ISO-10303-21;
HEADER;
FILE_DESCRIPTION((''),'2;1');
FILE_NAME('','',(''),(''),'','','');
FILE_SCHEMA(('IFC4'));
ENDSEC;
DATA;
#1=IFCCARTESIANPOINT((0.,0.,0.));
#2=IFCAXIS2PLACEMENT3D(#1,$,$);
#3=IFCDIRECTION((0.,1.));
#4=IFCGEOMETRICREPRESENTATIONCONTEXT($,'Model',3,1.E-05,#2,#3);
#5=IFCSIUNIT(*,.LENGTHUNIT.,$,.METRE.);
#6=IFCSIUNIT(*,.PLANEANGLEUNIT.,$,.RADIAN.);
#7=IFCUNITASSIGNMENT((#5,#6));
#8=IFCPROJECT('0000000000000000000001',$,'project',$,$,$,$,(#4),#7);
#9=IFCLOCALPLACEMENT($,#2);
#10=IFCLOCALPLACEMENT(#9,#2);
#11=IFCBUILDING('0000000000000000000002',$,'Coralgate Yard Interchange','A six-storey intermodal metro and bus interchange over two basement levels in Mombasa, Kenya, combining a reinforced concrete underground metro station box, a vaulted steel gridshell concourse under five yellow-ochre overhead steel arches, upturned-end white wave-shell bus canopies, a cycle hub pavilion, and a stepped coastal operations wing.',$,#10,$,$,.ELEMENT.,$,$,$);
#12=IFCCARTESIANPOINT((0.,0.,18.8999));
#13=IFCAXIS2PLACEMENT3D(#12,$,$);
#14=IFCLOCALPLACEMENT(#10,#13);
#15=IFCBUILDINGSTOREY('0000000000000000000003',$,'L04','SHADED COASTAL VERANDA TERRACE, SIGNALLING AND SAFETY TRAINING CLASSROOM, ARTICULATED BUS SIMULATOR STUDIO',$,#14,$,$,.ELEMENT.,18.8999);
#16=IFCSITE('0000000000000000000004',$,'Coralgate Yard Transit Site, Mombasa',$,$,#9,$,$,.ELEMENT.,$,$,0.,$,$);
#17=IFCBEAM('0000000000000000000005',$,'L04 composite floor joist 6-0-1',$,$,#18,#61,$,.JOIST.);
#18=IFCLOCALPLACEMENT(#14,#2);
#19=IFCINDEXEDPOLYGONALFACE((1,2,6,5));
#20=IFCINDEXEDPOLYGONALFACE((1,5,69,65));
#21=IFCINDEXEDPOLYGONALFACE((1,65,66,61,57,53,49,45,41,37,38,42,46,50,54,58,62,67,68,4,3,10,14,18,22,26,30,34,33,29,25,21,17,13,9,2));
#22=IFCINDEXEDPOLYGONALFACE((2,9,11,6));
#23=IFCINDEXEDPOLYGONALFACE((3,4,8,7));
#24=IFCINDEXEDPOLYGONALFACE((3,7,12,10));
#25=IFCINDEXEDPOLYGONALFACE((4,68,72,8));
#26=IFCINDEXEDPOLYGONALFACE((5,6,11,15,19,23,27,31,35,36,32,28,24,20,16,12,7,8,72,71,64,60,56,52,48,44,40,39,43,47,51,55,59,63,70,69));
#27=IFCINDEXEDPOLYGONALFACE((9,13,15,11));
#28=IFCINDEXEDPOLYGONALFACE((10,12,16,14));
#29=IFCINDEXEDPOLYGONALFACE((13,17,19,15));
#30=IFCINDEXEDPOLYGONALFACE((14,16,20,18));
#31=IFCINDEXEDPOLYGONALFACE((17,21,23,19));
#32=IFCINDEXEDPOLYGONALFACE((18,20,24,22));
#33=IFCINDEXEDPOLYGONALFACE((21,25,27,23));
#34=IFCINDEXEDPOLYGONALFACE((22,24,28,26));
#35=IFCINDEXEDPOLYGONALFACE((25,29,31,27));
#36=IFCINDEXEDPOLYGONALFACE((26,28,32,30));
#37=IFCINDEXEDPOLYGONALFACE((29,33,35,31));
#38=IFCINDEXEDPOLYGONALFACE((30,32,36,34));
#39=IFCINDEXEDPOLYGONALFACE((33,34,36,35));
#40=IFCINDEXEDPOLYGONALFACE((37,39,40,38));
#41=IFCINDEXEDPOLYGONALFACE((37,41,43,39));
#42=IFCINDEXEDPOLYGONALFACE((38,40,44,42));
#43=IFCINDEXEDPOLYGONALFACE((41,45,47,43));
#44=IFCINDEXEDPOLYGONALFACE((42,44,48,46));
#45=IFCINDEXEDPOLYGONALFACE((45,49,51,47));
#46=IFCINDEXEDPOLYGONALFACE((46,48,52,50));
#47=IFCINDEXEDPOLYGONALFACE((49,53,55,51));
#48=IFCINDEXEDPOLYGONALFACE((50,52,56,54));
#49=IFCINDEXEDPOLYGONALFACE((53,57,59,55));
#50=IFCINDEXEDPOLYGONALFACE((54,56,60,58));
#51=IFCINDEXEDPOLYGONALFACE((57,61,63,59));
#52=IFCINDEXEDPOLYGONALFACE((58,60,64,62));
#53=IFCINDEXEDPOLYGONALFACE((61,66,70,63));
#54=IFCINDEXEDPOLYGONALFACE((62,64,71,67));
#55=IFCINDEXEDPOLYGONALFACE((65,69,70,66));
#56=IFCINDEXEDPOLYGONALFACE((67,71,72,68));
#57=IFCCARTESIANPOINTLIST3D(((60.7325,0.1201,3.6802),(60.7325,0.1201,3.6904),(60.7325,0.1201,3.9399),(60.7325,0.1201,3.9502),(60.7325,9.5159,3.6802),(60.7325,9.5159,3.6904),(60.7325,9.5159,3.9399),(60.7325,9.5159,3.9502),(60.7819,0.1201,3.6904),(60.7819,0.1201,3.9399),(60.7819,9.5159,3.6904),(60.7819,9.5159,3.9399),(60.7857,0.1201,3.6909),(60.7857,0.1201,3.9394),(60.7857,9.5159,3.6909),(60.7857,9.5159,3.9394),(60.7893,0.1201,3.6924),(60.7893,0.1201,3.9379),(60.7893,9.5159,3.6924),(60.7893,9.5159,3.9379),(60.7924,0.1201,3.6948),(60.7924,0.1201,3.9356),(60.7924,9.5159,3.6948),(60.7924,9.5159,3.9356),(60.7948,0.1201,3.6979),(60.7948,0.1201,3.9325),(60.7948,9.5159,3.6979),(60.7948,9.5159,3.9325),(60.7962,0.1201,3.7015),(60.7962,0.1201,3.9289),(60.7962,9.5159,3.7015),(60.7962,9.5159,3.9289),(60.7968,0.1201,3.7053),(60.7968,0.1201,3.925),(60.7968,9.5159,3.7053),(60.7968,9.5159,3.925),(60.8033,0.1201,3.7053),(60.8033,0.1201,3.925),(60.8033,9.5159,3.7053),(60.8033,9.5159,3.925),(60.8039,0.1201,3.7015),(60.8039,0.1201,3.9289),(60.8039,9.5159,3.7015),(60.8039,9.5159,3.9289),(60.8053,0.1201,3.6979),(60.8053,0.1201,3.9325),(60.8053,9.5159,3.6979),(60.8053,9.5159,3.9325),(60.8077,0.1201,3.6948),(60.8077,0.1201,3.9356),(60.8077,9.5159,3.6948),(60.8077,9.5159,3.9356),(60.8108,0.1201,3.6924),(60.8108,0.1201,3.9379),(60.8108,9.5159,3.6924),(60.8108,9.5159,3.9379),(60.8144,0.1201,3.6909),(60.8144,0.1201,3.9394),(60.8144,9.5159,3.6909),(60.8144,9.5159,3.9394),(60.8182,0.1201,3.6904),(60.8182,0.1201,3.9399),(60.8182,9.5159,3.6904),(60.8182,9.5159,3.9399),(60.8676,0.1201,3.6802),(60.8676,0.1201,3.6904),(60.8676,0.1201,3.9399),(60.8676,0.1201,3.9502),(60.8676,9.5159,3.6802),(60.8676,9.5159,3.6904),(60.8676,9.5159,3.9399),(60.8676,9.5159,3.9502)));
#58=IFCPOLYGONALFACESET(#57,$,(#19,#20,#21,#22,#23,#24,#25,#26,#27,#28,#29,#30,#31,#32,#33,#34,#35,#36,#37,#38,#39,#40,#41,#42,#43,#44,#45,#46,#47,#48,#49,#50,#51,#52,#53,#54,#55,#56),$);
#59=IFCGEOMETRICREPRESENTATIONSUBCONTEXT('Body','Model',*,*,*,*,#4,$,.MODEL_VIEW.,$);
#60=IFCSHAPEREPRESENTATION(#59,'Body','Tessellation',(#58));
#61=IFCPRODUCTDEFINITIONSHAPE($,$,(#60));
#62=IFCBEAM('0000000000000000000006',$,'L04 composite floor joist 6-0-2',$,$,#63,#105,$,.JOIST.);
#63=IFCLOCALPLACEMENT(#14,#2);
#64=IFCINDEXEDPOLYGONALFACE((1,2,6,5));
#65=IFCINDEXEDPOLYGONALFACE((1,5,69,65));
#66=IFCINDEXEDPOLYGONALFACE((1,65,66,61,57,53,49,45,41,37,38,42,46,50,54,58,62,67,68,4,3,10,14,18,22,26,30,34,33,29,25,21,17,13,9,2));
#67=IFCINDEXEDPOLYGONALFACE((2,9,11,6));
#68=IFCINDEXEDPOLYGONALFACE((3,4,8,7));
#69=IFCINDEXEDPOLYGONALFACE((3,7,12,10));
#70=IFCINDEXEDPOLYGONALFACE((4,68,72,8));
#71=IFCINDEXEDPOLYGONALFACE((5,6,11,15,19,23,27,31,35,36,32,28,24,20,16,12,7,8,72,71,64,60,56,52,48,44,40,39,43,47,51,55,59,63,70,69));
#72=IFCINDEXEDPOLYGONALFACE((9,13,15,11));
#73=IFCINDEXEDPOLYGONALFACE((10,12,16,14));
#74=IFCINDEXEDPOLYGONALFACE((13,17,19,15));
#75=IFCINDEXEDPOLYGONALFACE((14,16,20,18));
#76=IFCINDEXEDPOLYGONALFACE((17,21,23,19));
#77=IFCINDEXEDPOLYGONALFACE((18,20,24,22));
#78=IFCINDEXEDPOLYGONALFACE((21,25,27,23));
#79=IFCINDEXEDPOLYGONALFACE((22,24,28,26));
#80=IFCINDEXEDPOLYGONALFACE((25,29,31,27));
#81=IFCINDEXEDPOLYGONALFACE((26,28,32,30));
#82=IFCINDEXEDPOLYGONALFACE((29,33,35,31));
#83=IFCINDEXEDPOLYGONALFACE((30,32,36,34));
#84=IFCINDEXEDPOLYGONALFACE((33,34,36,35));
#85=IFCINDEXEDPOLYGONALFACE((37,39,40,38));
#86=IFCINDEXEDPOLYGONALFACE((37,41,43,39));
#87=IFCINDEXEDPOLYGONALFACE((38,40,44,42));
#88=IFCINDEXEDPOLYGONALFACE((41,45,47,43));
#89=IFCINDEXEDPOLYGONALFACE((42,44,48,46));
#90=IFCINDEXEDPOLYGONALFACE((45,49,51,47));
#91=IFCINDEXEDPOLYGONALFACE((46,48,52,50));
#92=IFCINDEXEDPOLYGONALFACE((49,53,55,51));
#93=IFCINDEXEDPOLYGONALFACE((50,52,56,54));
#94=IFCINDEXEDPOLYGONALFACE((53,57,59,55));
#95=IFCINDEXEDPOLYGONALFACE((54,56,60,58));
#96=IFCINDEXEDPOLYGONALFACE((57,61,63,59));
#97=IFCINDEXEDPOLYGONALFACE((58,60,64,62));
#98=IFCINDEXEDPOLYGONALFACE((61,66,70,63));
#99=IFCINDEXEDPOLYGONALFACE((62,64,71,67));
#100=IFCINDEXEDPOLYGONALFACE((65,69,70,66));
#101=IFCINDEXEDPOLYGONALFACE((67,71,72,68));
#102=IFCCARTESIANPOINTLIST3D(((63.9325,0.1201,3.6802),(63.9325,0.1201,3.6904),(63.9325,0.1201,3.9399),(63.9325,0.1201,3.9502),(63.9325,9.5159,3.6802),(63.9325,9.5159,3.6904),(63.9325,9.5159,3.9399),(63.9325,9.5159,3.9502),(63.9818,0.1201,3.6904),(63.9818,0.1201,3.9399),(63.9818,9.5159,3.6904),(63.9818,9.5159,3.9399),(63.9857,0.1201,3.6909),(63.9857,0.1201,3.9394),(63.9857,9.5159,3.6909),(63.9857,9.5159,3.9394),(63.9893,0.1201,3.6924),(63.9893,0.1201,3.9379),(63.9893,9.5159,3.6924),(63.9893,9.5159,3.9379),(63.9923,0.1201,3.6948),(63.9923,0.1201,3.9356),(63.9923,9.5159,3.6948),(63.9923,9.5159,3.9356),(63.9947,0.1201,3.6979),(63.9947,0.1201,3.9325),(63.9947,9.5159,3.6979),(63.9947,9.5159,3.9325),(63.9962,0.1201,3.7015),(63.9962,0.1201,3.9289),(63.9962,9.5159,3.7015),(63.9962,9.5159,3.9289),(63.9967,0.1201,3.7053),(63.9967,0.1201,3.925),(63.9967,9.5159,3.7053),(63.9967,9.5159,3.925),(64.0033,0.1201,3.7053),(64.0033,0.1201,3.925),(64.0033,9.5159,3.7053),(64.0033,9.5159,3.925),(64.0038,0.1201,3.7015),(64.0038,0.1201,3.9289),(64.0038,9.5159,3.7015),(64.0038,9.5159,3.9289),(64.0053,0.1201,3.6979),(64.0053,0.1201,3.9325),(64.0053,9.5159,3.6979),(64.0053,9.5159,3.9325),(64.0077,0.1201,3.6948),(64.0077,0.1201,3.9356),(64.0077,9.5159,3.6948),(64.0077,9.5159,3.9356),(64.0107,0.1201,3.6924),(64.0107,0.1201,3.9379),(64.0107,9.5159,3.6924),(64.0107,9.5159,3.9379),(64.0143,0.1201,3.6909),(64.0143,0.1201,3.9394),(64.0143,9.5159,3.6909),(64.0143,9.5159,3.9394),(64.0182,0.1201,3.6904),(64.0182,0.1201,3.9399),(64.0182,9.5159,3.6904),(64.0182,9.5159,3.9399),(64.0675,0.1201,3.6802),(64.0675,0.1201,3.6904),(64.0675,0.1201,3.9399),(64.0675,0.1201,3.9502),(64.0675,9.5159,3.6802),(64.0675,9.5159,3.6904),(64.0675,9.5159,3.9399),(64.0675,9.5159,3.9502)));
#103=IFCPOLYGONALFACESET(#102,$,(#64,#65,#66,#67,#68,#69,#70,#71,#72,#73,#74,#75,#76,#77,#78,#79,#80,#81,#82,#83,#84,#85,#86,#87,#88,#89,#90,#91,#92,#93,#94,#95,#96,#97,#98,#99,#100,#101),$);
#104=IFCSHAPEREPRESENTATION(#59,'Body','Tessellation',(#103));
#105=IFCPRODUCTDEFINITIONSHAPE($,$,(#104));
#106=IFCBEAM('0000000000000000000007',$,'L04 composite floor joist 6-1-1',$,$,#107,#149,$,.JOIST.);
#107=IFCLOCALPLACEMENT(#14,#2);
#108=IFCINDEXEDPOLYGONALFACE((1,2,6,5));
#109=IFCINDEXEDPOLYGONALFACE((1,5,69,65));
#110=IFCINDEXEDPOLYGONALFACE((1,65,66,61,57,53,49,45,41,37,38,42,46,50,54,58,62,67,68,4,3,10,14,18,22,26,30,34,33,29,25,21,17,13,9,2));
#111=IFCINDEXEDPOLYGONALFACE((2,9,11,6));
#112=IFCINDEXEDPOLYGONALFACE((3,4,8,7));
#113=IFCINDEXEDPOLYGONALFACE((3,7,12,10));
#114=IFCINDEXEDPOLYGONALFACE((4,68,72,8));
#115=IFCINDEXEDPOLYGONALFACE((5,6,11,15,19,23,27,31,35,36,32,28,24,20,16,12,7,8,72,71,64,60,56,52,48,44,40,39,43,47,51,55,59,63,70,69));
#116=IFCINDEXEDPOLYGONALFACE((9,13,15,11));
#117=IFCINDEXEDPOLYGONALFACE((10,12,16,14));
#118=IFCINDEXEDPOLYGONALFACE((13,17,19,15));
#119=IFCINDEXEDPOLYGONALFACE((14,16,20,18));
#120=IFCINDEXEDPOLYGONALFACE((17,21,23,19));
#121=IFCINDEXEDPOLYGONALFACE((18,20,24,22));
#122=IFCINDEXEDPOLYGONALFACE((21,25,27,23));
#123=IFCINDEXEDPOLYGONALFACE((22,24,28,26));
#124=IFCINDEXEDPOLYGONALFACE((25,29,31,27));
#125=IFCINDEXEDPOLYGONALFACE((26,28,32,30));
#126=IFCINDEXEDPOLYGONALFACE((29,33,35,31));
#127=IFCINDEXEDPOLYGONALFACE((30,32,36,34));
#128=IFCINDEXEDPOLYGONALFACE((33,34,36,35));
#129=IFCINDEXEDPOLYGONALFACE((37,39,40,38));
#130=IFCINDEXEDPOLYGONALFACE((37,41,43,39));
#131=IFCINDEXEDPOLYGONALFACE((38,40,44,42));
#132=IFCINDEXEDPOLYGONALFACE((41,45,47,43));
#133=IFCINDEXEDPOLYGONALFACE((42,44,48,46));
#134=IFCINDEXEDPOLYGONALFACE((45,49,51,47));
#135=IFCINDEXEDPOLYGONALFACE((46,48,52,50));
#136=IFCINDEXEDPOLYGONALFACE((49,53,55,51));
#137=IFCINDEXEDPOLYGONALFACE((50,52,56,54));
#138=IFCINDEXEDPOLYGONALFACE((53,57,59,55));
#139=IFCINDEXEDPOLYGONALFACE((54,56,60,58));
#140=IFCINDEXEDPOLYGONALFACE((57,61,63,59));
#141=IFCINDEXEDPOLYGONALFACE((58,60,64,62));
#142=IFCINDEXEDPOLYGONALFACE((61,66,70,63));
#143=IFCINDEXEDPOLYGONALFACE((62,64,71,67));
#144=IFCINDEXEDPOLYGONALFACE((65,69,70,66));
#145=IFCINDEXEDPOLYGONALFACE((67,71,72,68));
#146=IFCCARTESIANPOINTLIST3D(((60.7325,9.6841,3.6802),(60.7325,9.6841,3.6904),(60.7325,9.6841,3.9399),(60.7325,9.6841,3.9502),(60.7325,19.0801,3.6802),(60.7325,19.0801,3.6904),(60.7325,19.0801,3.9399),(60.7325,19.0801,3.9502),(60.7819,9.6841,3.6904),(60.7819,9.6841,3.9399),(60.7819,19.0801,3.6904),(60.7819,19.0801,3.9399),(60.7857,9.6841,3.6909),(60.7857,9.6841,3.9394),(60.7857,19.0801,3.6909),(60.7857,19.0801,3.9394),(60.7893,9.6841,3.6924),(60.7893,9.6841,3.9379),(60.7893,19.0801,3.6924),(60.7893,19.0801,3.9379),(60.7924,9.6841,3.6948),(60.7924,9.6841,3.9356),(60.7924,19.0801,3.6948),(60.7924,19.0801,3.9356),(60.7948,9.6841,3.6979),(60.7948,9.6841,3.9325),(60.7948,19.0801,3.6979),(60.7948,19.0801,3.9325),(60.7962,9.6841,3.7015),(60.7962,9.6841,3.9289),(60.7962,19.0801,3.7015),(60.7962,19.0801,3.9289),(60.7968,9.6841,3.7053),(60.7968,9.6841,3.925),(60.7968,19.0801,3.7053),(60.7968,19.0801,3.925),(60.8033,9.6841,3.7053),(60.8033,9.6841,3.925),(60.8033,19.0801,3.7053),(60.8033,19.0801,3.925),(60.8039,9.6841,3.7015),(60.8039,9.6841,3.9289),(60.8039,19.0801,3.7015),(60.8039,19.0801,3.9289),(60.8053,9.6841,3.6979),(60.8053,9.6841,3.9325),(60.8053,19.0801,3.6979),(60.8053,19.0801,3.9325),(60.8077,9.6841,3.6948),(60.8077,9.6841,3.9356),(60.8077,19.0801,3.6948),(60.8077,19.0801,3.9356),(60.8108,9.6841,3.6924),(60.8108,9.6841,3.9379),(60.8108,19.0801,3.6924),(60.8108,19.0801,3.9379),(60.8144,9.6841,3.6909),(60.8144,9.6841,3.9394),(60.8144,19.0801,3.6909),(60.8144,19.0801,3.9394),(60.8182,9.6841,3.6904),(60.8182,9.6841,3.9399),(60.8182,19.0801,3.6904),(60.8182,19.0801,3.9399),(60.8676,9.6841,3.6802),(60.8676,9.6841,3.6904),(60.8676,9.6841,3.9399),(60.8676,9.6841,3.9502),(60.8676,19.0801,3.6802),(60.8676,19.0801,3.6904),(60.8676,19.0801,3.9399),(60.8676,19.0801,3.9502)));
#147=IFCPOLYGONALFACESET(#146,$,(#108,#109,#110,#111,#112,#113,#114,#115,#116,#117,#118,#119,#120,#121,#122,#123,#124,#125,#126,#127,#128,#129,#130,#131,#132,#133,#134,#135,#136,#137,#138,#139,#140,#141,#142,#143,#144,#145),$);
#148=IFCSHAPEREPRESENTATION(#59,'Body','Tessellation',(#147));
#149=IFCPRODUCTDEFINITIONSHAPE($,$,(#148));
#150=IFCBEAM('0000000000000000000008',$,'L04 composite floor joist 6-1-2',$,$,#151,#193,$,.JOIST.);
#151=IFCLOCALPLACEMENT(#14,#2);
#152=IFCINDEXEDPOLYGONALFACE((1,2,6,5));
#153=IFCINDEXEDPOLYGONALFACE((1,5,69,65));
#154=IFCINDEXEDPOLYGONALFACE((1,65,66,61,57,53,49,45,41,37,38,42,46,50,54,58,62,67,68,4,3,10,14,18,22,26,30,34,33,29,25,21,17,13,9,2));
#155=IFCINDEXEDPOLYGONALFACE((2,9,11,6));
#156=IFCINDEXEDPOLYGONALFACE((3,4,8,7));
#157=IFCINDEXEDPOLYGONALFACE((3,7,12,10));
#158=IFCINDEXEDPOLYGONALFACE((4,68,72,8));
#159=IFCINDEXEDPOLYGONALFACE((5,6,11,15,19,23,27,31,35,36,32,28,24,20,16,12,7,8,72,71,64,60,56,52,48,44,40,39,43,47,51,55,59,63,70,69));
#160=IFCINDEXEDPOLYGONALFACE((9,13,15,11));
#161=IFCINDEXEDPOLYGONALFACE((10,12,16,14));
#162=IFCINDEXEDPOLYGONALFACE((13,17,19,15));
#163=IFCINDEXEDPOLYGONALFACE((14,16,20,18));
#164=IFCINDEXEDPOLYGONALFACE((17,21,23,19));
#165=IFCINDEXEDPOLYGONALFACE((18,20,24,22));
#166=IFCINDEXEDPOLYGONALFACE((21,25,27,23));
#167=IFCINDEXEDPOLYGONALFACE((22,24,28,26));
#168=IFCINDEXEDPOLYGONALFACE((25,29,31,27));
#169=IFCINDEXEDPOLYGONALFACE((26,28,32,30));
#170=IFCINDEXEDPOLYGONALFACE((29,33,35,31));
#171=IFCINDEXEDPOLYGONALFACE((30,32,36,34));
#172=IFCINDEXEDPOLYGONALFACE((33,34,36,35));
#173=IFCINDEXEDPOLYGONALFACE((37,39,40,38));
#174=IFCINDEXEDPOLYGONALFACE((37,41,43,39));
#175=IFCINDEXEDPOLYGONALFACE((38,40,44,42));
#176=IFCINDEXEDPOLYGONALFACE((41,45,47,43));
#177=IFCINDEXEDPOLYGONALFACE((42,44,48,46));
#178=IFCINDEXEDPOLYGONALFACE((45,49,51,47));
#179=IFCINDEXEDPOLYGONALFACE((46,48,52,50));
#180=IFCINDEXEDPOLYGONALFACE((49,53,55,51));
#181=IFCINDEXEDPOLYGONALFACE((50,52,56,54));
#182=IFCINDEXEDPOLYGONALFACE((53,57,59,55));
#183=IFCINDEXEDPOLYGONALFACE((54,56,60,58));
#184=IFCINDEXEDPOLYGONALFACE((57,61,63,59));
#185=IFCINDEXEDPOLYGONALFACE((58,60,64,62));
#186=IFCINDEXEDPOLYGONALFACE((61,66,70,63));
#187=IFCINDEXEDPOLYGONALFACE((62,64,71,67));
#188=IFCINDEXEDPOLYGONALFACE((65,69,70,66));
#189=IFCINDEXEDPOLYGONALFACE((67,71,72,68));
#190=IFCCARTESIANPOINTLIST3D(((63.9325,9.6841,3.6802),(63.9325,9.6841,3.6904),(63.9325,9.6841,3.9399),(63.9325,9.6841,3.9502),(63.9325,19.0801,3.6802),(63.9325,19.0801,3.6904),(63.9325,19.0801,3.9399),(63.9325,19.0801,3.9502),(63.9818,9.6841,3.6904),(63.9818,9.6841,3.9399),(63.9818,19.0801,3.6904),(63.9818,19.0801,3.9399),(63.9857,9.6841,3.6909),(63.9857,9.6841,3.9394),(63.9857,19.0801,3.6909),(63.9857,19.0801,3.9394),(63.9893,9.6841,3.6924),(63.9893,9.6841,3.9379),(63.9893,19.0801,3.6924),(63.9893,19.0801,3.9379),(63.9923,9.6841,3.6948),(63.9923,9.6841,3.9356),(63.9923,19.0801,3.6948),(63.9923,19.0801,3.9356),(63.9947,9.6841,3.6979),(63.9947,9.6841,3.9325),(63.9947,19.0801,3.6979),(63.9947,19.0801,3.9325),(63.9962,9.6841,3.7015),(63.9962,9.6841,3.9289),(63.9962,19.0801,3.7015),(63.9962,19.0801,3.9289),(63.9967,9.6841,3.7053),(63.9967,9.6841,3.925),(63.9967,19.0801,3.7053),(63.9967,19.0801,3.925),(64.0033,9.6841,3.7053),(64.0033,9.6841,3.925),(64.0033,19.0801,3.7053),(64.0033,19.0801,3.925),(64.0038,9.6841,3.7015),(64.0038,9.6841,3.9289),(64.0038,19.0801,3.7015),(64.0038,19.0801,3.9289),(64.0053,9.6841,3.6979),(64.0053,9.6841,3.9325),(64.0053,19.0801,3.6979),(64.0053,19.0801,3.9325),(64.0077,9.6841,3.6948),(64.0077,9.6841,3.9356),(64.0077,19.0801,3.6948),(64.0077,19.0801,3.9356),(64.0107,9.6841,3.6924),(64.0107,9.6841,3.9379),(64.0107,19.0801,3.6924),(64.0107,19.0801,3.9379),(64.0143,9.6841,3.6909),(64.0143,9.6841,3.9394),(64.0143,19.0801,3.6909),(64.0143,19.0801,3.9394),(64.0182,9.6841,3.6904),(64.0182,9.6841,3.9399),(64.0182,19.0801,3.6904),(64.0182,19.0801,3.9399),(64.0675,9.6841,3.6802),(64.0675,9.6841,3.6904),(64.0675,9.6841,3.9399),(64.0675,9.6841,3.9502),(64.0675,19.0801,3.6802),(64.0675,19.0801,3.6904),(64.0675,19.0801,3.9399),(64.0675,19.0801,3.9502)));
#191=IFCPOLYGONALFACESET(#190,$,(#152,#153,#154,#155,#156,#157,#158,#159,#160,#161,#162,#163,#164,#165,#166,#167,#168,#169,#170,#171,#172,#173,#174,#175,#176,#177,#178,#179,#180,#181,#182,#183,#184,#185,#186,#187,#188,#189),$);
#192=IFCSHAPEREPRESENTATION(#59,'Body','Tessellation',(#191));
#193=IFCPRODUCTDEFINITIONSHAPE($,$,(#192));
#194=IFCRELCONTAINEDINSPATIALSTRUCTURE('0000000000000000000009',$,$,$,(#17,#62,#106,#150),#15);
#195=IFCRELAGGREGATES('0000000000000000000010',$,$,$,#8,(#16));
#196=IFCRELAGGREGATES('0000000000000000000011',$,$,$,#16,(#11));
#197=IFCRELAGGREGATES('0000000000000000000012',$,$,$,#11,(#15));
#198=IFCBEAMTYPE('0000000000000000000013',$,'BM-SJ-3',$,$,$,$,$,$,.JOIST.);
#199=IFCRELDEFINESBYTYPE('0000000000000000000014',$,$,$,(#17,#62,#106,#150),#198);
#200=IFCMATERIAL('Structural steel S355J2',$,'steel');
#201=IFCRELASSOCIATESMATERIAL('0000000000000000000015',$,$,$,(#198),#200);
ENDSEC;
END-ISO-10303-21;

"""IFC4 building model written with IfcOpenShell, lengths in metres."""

from ifc_helpers import new_model, si_unit, direction, frame, origin, origin_2d, place, context, subcontext, project, spatial, i_section, extrude, material, material_profile, profile_set, type_object, element, save


model = new_model("IFC4")

# Units and contexts
model_context = context("Model", 3, precision=1e-05, world=origin(), true_north=direction((0.0, 1.0)))
body_context = subcontext(model_context, "Body", "Model", "MODEL_VIEW")
ifc_project = project(units=[si_unit("LENGTHUNIT", "METRE"), si_unit("PLANEANGLEUNIT", "RADIAN")], contexts=[model_context])

# Site, building, storey
site_placement = place(None, origin())
site = spatial("IfcSite", under=ifc_project, at=site_placement, Name="Coralgate Yard Transit Site, Mombasa", CompositionType="ELEMENT", RefElevation=0.0)
building_placement = place(site_placement, origin())
building = spatial("IfcBuilding", under=site, at=building_placement, Name="Coralgate Yard Interchange", Description="A six-storey intermodal metro and bus interchange over two basement levels in Mombasa, Kenya, combining a reinforced concrete underground metro station box, a vaulted steel gridshell concourse under five yellow-ochre overhead steel arches, upturned-end white wave-shell bus canopies, a cycle hub pavilion, and a stepped coastal operations wing.", CompositionType="ELEMENT")
storey_placement = place(building_placement, frame((0.0, 0.0, 18.8999)))
storey = spatial("IfcBuildingStorey", under=building, at=storey_placement, Name="L04", Description="SHADED COASTAL VERANDA TERRACE, SIGNALLING AND SAFETY TRAINING CLASSROOM, ARTICULATED BUS SIMULATOR STUDIO", CompositionType="ELEMENT", Elevation=18.8999)

# Beams
ifc_material_1 = material(Name="Structural steel S355J2", Category="steel")
ifc_material_profile_1 = material_profile(ifc_material_1, i_section(OverallWidth=0.135, OverallDepth=0.27, WebThickness=0.0066, FlangeThickness=0.0103, FilletRadius=0.0149, at=origin_2d()), Name="IPE 270")
ifc_profile_set_1 = profile_set([ifc_material_profile_1], Name="Structural steel S355J2")
beam_type = type_object("IfcBeamType", Name="BM-SJ-3", PredefinedType="JOIST", material=ifc_profile_set_1)
for number, where, z_axis, x_axis, name in (
    (1, (60.8, 0.1201, 3.8152), (0.0, 1.0, 0.0), (-1.0, 0.0, 0.0), "L04 composite floor joist 6-0-1"),
    (2, (64.0, 0.1201, 3.8152), (0.0, 1.0, 0.0), (-1.0, 0.0, 0.0), "L04 composite floor joist 6-0-2"),
):
    element("IfcBeam", number, at=place(storey_placement, frame(where, z_axis=z_axis, x_axis=x_axis)), inside=storey, type_object=beam_type, Name=name, PredefinedType="JOIST", context=body_context, shape_type="SweptSolid", body=[
        extrude(i_section(OverallWidth=0.135, OverallDepth=0.27, WebThickness=0.0066, FlangeThickness=0.0103, FilletRadius=0.0149, at=origin_2d()), origin(), (0.0, 0.0, 1.0), 9.3958),
    ])
for number, where, z_axis, x_axis, name in (
    (3, (60.8, 9.6841, 3.8152), (0.0, 1.0, 0.0), (-1.0, 0.0, 0.0), "L04 composite floor joist 6-1-1"),
    (4, (64.0, 9.6841, 3.8152), (0.0, 1.0, 0.0), (-1.0, 0.0, 0.0), "L04 composite floor joist 6-1-2"),
):
    element("IfcBeam", number, at=place(storey_placement, frame(where, z_axis=z_axis, x_axis=x_axis)), inside=storey, type_object=beam_type, Name=name, PredefinedType="JOIST", context=body_context, shape_type="SweptSolid", body=[
        extrude(i_section(OverallWidth=0.135, OverallDepth=0.27, WebThickness=0.0066, FlangeThickness=0.0103, FilletRadius=0.0149, at=origin_2d()), origin(), (0.0, 0.0, 1.0), 9.396),
    ])

save(model, "model.ifc")
